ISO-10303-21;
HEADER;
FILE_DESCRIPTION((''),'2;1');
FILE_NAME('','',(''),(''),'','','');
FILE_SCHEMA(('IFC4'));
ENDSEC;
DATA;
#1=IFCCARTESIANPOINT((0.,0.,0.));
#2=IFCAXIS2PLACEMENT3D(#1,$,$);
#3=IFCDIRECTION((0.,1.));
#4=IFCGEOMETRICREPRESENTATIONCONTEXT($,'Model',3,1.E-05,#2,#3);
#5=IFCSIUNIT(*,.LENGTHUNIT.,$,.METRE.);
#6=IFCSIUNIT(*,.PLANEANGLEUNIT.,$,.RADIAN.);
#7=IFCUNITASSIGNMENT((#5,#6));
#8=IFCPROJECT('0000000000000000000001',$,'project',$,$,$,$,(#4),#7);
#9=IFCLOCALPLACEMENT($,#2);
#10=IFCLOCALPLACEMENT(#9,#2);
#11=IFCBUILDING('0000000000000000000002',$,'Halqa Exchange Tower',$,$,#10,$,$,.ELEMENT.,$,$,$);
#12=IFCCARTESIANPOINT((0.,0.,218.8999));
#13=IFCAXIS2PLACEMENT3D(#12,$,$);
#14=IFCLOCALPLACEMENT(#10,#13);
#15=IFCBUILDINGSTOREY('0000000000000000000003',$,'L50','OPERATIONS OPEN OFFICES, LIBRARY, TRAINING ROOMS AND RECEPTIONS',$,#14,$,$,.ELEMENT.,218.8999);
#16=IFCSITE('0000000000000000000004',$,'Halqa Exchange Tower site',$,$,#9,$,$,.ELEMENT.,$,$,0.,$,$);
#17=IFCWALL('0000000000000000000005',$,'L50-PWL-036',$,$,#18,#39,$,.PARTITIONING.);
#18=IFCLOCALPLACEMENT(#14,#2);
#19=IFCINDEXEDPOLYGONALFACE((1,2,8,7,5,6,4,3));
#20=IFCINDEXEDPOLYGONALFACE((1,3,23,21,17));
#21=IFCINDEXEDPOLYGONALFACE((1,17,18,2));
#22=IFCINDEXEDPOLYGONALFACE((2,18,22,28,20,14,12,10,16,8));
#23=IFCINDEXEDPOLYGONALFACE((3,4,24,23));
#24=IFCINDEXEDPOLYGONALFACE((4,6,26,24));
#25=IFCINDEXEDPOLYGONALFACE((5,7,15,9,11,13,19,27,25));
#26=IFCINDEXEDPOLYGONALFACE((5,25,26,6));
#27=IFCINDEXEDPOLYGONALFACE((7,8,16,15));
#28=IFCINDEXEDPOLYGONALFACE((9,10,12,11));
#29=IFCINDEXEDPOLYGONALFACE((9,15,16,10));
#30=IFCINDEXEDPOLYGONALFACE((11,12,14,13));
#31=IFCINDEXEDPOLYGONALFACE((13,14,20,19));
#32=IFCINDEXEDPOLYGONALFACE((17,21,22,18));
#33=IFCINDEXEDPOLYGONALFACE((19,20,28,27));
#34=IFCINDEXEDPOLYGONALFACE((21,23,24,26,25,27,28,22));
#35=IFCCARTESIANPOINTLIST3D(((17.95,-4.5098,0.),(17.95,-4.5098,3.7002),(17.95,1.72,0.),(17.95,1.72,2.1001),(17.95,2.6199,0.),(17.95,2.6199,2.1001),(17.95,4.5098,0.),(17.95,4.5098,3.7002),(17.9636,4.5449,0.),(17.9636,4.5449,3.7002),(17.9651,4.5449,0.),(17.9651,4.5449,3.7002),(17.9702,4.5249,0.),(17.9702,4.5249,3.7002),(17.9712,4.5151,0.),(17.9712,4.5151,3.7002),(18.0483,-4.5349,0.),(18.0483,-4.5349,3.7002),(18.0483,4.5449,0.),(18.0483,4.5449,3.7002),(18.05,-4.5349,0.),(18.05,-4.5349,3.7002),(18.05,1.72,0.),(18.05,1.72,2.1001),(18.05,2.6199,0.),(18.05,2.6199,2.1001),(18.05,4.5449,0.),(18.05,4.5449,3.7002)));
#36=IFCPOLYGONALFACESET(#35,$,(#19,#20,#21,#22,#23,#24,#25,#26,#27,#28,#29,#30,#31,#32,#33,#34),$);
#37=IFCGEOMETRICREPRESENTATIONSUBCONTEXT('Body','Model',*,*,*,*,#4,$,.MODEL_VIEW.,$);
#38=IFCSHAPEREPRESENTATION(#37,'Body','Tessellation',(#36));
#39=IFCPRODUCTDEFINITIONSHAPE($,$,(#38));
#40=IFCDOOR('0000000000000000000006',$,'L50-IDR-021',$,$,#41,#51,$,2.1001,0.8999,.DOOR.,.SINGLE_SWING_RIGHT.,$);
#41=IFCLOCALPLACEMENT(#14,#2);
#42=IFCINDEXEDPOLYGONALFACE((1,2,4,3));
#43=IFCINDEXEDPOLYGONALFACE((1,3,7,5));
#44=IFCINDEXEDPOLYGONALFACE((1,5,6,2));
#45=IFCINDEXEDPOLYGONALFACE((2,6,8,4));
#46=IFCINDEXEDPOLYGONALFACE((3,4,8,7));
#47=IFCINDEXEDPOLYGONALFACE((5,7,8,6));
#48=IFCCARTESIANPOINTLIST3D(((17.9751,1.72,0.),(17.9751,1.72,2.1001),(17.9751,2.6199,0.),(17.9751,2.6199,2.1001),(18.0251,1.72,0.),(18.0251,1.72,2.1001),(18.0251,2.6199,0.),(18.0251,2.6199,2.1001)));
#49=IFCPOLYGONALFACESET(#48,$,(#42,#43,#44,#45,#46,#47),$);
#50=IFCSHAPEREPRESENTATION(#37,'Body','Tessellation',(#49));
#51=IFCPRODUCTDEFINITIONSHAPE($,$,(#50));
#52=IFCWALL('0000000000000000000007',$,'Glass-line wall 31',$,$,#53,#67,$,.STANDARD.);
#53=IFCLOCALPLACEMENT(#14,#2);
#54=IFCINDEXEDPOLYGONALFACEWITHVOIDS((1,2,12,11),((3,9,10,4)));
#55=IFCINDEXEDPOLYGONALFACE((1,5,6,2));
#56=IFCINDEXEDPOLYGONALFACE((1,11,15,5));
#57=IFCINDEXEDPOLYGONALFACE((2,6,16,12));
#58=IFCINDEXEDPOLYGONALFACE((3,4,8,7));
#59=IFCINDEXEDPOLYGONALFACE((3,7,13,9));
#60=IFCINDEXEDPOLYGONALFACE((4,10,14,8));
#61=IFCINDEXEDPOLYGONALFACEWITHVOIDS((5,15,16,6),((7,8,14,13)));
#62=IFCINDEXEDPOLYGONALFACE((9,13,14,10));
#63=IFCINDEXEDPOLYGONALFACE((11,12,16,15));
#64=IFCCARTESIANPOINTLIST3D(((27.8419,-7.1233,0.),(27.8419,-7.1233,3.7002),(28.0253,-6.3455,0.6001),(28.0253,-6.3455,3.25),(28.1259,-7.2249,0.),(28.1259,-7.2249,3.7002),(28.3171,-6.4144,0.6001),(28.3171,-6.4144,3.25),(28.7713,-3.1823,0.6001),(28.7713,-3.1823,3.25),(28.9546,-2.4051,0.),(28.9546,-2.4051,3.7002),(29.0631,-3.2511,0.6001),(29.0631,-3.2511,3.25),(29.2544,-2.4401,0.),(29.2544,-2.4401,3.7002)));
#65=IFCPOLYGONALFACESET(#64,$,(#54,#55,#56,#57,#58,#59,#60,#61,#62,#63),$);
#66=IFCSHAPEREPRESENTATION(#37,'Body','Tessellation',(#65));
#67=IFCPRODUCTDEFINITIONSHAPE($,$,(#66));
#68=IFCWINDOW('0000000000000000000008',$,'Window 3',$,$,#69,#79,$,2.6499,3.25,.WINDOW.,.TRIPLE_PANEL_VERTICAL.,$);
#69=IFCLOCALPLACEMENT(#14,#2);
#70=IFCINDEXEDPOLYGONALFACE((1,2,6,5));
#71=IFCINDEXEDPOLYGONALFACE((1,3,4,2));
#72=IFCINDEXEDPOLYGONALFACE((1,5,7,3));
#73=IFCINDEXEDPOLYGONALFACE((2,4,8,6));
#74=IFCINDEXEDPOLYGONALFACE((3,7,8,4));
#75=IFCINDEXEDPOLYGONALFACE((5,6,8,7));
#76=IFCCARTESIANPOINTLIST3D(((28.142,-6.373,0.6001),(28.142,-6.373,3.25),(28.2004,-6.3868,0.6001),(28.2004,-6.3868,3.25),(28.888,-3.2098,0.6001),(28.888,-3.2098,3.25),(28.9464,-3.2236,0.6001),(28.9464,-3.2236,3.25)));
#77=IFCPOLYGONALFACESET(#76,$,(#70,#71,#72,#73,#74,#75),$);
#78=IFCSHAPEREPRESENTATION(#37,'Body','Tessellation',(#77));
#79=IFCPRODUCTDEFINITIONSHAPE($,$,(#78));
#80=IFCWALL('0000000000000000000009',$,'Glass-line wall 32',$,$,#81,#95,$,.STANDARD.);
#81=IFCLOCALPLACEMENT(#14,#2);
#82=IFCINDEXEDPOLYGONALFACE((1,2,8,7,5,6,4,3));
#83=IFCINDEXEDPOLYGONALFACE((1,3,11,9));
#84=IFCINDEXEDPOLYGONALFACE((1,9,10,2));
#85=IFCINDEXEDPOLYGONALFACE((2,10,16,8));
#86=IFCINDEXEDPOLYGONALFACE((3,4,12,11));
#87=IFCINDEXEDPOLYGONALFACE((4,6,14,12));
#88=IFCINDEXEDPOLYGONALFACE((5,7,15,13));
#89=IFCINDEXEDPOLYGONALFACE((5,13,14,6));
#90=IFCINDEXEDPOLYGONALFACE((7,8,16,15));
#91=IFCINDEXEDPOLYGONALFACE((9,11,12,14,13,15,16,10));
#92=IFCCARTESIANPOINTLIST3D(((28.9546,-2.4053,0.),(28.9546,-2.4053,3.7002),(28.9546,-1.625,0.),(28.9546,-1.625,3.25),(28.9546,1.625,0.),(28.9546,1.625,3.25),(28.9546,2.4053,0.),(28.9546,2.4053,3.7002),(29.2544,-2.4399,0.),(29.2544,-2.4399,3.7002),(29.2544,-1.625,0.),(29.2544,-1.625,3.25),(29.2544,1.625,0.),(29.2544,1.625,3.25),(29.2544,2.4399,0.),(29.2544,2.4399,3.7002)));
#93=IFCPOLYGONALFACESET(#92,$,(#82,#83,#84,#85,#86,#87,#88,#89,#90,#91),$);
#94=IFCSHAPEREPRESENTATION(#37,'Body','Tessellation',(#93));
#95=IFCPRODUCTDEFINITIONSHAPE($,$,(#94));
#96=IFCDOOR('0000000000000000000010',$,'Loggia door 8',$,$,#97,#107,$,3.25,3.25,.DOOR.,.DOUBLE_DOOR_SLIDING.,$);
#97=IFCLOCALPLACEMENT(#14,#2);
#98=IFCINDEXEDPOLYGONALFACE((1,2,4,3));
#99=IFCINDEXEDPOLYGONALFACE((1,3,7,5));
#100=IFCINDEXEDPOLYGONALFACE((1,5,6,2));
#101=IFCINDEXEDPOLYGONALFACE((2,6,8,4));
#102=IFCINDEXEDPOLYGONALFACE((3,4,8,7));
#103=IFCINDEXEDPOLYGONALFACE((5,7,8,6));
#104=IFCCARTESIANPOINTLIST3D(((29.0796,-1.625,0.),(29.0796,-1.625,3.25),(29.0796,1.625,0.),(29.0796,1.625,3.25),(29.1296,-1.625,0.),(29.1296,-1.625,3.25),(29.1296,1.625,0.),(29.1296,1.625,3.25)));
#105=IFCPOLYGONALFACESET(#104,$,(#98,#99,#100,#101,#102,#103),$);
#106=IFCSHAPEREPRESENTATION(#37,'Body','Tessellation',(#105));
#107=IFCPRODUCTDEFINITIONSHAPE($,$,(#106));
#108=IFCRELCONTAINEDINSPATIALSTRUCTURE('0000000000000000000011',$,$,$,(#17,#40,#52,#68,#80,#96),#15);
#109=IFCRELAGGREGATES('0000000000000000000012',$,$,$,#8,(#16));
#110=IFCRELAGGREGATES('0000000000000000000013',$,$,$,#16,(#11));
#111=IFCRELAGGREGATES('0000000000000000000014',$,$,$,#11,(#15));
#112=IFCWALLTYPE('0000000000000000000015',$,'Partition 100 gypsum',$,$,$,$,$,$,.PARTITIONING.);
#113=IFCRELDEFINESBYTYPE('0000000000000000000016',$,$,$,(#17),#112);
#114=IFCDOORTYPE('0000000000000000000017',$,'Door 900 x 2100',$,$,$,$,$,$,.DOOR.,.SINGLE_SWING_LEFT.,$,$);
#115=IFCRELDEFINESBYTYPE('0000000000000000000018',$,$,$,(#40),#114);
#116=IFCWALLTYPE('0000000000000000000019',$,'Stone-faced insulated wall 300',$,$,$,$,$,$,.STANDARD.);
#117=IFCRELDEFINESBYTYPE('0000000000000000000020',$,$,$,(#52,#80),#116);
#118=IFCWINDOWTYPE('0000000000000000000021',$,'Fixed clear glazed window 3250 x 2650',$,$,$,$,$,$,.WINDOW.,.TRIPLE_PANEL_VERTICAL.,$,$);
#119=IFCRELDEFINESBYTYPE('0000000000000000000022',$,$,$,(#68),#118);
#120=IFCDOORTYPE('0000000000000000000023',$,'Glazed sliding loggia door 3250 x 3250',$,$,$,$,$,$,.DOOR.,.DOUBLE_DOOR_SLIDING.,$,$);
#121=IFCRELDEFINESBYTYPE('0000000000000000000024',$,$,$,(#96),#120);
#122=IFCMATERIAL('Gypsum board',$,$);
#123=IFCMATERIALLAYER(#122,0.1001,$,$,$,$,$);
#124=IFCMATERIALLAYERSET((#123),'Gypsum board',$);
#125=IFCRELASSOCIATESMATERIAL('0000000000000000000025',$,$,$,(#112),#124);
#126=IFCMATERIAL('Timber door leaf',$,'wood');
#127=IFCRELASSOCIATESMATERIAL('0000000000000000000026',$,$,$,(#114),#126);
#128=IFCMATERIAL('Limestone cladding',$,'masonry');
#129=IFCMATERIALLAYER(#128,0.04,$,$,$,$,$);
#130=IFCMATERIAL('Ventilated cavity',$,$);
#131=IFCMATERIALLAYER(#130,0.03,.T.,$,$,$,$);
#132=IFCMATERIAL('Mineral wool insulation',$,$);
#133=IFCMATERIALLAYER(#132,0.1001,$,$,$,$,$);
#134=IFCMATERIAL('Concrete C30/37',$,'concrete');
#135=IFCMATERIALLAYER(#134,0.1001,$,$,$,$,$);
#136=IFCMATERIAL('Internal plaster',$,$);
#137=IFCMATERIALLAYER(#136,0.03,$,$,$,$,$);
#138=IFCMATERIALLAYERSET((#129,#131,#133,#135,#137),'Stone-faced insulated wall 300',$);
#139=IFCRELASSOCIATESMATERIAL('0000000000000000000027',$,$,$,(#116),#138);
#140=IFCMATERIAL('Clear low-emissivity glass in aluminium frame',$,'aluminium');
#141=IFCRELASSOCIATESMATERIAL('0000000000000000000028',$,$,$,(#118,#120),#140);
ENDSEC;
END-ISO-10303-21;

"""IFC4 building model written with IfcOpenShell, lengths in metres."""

from ifc_helpers import new_model, si_unit, direction, frame, frame_2d, origin, place, context, subcontext, project, spatial, polyline, rectangle, outline, extrude, material, layer, layer_set, type_object, element, fill, save


model = new_model("IFC4")

# Units and contexts
model_context = context("Model", 3, precision=1e-05, world=origin(), true_north=direction((0.0, 1.0)))
body_context = subcontext(model_context, "Body", "Model", "MODEL_VIEW")
ifc_project = project(units=[si_unit("LENGTHUNIT", "METRE"), si_unit("PLANEANGLEUNIT", "RADIAN")], contexts=[model_context])

# Site, building, storey
site_placement = place(None, origin())
site = spatial("IfcSite", under=ifc_project, at=site_placement, Name="Halqa Exchange Tower site", CompositionType="ELEMENT", RefElevation=0.0)
building_placement = place(site_placement, origin())
building = spatial("IfcBuilding", under=site, at=building_placement, Name="Halqa Exchange Tower", CompositionType="ELEMENT")
storey_placement = place(building_placement, frame((0.0, 0.0, 218.8999)))
storey = spatial("IfcBuildingStorey", under=building, at=storey_placement, Name="L50", Description="OPERATIONS OPEN OFFICES, LIBRARY, TRAINING ROOMS AND RECEPTIONS", CompositionType="ELEMENT", Elevation=218.8999)

# Shared definitions
ifc_material_1 = material(Name="Gypsum board")
ifc_layer_1 = layer(ifc_material_1, 0.1001)
ifc_layer_set_1 = layer_set([ifc_layer_1], Name="Gypsum board")
wall_type_1 = type_object("IfcWallType", Name="Partition 100 gypsum", PredefinedType="PARTITIONING", material=ifc_layer_set_1)

# Wall, opening, door
ifc_material_2 = material(Name="Timber door leaf", Category="wood")
door_type_1 = type_object("IfcDoorType", Name="Door 900 x 2100", OperationType="SINGLE_SWING_LEFT", PredefinedType="DOOR", material=ifc_material_2)
wall_1_placement = place(storey_placement, frame((18.0, -4.5349, 0.0), z_axis=(0.0, 0.0, 1.0), x_axis=(0.0, 1.0, 0.0)))
wall_1 = element("IfcWall", 1, at=wall_1_placement, inside=storey, type_object=wall_type_1, Name="L50-PWL-036", PredefinedType="PARTITIONING", context=body_context, shape_type="SweptSolid", body=[
    extrude(outline(polyline([(9.0798, -0.05), (9.0798, -0.0483), (9.0598, 0.0298), (9.0798, 0.0349), (9.0798, 0.0364), (9.05, 0.0288), (9.0447, 0.05), (7.4714, 0.05), (5.8982, 0.05), (4.325, 0.05), (4.325, 0.05), (4.2249, 0.05), (4.2249, 0.05), (2.825, 0.05), (1.425, 0.05), (0.0251, 0.05), (0.0, -0.0483), (0.0, -0.05), (1.8159, -0.05), (3.6318, -0.05), (5.448, -0.05), (7.2639, -0.05), (9.0798, -0.05)])), origin(), (0.0, 0.0, 1.0), 3.7002),
])
opening_1_placement = place(wall_1_placement, frame((6.2549, 0.0, 0.0)))
opening_1 = element("IfcOpeningElement", 2, at=opening_1_placement, cuts=wall_1, PredefinedType="OPENING", context=body_context, shape_type="SweptSolid", body=[
    extrude(rectangle(XDim=0.8999, YDim=2.1001, at=frame_2d((0.45, 1.05))), frame((0.0, 0.062, 0.0), z_axis=(0.0, -1.0, 0.0), x_axis=(1.0, 0.0, 0.0)), (0.0, 0.0, 1.0), 0.124),
])
door_1_placement = place(opening_1_placement, origin())
door_1 = element("IfcDoor", 3, at=door_1_placement, inside=storey, type_object=door_type_1, Name="L50-IDR-021", OperationType="SINGLE_SWING_RIGHT", OverallHeight=2.1001, OverallWidth=0.8999, PredefinedType="DOOR", context=body_context, shape_type="SweptSolid", body=[
    extrude(rectangle(XDim=0.8999, YDim=2.1001, at=frame_2d((0.45, 1.05))), frame((0.0, 0.0249, 0.0), z_axis=(0.0, -1.0, 0.0), x_axis=(1.0, 0.0, 0.0)), (0.0, 0.0, 1.0), 0.05),
])
fill(opening_1, door_1)

# Wall, opening, window
ifc_material_3 = material(Name="Limestone cladding", Category="masonry")
ifc_layer_2 = layer(ifc_material_3, 0.04)
ifc_material_4 = material(Name="Ventilated cavity")
ifc_layer_3 = layer(ifc_material_4, 0.03, ventilated=True)
ifc_material_5 = material(Name="Mineral wool insulation")
ifc_layer_4 = layer(ifc_material_5, 0.1001)
ifc_material_6 = material(Name="Concrete C30/37", Category="concrete")
ifc_layer_5 = layer(ifc_material_6, 0.1001)
ifc_material_7 = material(Name="Internal plaster")
ifc_layer_6 = layer(ifc_material_7, 0.03)
ifc_layer_set_2 = layer_set([ifc_layer_2, ifc_layer_3, ifc_layer_4, ifc_layer_5, ifc_layer_6], Name="Stone-faced insulated wall 300")
wall_type_2 = type_object("IfcWallType", Name="Stone-faced insulated wall 300", PredefinedType="STANDARD", material=ifc_layer_set_2)
wall_2_placement = place(storey_placement, frame((27.9839, -7.1741, 0.0), z_axis=(0.0, 0.0, 1.0), x_axis=(0.229547, 0.973298, 0.0)))
wall_2 = element("IfcWall", 4, at=wall_2_placement, inside=storey, type_object=wall_type_2, Name="Glass-line wall 31", PredefinedType="STANDARD", context=body_context, shape_type="SweptSolid", body=[
    extrude(outline(polyline([(-0.0168, -0.1499), (4.8992, -0.1499), (4.8645, 0.1499), (0.0168, 0.1499), (-0.0168, -0.1499)])), origin(), (0.0, 0.0, 1.0), 3.7002),
])
opening_2_placement = place(wall_2_placement, frame((0.8159, 0.0, 0.6001)))
opening_2 = element("IfcOpeningElement", 5, at=opening_2_placement, cuts=wall_2, PredefinedType="OPENING", context=body_context, shape_type="SweptSolid", body=[
    extrude(rectangle(XDim=3.25, YDim=2.6499, at=frame_2d((1.625, 1.325))), frame((0.0, 0.1621, 0.0), z_axis=(0.0, -1.0, 0.0), x_axis=(1.0, 0.0, 0.0)), (0.0, 0.0, 1.0), 0.324),
])
ifc_material_8 = material(Name="Clear low-emissivity glass in aluminium frame", Category="aluminium")
window_type = type_object("IfcWindowType", Name="Fixed clear glazed window 3250 x 2650", PartitioningType="TRIPLE_PANEL_VERTICAL", PredefinedType="WINDOW", material=ifc_material_8)
window_placement = place(opening_2_placement, origin())
window = element("IfcWindow", 6, at=window_placement, inside=storey, type_object=window_type, Name="Window 3", OverallHeight=2.6499, OverallWidth=3.25, PartitioningType="TRIPLE_PANEL_VERTICAL", PredefinedType="WINDOW", context=body_context, shape_type="SweptSolid", body=[
    extrude(rectangle(XDim=3.25, YDim=2.6499, at=frame_2d((1.625, 1.325))), frame((0.0, 0.03, 0.0), z_axis=(0.0, -1.0, 0.0), x_axis=(1.0, 0.0, 0.0)), (0.0, 0.0, 1.0), 0.0601),
])
fill(opening_2, window)

# Wall, opening, door
wall_3_placement = place(storey_placement, frame((29.1045, -2.4226, 0.0), z_axis=(0.0, 0.0, 1.0), x_axis=(0.0, 1.0, 0.0)))
wall_3 = element("IfcWall", 7, at=wall_3_placement, inside=storey, type_object=wall_type_2, Name="Glass-line wall 32", PredefinedType="STANDARD", context=body_context, shape_type="SweptSolid", body=[
    extrude(outline(polyline([(-0.0173, -0.1499), (4.8625, -0.1499), (4.8279, 0.1499), (0.0173, 0.1499), (-0.0173, -0.1499)])), origin(), (0.0, 0.0, 1.0), 3.7002),
])
opening_3_placement = place(wall_3_placement, frame((0.7976, 0.0, 0.0)))
opening_3 = element("IfcOpeningElement", 8, at=opening_3_placement, cuts=wall_3, PredefinedType="OPENING", context=body_context, shape_type="SweptSolid", body=[
    extrude(rectangle(XDim=3.25, YDim=3.25, at=frame_2d((1.625, 1.625))), frame((0.0, 0.1621, 0.0), z_axis=(0.0, -1.0, 0.0), x_axis=(1.0, 0.0, 0.0)), (0.0, 0.0, 1.0), 0.324),
])
door_type_2 = type_object("IfcDoorType", Name="Glazed sliding loggia door 3250 x 3250", OperationType="DOUBLE_DOOR_SLIDING", PredefinedType="DOOR", material=ifc_material_8)
door_2_placement = place(opening_3_placement, origin())
door_2 = element("IfcDoor", 9, at=door_2_placement, inside=storey, type_object=door_type_2, Name="Loggia door 8", OperationType="DOUBLE_DOOR_SLIDING", OverallHeight=3.25, OverallWidth=3.25, PredefinedType="DOOR", context=body_context, shape_type="SweptSolid", body=[
    extrude(rectangle(XDim=3.25, YDim=3.25, at=frame_2d((1.625, 1.625))), frame((0.0, 0.0249, 0.0), z_axis=(0.0, -1.0, 0.0), x_axis=(1.0, 0.0, 0.0)), (0.0, 0.0, 1.0), 0.05),
])
fill(opening_3, door_2)

save(model, "model.ifc")
